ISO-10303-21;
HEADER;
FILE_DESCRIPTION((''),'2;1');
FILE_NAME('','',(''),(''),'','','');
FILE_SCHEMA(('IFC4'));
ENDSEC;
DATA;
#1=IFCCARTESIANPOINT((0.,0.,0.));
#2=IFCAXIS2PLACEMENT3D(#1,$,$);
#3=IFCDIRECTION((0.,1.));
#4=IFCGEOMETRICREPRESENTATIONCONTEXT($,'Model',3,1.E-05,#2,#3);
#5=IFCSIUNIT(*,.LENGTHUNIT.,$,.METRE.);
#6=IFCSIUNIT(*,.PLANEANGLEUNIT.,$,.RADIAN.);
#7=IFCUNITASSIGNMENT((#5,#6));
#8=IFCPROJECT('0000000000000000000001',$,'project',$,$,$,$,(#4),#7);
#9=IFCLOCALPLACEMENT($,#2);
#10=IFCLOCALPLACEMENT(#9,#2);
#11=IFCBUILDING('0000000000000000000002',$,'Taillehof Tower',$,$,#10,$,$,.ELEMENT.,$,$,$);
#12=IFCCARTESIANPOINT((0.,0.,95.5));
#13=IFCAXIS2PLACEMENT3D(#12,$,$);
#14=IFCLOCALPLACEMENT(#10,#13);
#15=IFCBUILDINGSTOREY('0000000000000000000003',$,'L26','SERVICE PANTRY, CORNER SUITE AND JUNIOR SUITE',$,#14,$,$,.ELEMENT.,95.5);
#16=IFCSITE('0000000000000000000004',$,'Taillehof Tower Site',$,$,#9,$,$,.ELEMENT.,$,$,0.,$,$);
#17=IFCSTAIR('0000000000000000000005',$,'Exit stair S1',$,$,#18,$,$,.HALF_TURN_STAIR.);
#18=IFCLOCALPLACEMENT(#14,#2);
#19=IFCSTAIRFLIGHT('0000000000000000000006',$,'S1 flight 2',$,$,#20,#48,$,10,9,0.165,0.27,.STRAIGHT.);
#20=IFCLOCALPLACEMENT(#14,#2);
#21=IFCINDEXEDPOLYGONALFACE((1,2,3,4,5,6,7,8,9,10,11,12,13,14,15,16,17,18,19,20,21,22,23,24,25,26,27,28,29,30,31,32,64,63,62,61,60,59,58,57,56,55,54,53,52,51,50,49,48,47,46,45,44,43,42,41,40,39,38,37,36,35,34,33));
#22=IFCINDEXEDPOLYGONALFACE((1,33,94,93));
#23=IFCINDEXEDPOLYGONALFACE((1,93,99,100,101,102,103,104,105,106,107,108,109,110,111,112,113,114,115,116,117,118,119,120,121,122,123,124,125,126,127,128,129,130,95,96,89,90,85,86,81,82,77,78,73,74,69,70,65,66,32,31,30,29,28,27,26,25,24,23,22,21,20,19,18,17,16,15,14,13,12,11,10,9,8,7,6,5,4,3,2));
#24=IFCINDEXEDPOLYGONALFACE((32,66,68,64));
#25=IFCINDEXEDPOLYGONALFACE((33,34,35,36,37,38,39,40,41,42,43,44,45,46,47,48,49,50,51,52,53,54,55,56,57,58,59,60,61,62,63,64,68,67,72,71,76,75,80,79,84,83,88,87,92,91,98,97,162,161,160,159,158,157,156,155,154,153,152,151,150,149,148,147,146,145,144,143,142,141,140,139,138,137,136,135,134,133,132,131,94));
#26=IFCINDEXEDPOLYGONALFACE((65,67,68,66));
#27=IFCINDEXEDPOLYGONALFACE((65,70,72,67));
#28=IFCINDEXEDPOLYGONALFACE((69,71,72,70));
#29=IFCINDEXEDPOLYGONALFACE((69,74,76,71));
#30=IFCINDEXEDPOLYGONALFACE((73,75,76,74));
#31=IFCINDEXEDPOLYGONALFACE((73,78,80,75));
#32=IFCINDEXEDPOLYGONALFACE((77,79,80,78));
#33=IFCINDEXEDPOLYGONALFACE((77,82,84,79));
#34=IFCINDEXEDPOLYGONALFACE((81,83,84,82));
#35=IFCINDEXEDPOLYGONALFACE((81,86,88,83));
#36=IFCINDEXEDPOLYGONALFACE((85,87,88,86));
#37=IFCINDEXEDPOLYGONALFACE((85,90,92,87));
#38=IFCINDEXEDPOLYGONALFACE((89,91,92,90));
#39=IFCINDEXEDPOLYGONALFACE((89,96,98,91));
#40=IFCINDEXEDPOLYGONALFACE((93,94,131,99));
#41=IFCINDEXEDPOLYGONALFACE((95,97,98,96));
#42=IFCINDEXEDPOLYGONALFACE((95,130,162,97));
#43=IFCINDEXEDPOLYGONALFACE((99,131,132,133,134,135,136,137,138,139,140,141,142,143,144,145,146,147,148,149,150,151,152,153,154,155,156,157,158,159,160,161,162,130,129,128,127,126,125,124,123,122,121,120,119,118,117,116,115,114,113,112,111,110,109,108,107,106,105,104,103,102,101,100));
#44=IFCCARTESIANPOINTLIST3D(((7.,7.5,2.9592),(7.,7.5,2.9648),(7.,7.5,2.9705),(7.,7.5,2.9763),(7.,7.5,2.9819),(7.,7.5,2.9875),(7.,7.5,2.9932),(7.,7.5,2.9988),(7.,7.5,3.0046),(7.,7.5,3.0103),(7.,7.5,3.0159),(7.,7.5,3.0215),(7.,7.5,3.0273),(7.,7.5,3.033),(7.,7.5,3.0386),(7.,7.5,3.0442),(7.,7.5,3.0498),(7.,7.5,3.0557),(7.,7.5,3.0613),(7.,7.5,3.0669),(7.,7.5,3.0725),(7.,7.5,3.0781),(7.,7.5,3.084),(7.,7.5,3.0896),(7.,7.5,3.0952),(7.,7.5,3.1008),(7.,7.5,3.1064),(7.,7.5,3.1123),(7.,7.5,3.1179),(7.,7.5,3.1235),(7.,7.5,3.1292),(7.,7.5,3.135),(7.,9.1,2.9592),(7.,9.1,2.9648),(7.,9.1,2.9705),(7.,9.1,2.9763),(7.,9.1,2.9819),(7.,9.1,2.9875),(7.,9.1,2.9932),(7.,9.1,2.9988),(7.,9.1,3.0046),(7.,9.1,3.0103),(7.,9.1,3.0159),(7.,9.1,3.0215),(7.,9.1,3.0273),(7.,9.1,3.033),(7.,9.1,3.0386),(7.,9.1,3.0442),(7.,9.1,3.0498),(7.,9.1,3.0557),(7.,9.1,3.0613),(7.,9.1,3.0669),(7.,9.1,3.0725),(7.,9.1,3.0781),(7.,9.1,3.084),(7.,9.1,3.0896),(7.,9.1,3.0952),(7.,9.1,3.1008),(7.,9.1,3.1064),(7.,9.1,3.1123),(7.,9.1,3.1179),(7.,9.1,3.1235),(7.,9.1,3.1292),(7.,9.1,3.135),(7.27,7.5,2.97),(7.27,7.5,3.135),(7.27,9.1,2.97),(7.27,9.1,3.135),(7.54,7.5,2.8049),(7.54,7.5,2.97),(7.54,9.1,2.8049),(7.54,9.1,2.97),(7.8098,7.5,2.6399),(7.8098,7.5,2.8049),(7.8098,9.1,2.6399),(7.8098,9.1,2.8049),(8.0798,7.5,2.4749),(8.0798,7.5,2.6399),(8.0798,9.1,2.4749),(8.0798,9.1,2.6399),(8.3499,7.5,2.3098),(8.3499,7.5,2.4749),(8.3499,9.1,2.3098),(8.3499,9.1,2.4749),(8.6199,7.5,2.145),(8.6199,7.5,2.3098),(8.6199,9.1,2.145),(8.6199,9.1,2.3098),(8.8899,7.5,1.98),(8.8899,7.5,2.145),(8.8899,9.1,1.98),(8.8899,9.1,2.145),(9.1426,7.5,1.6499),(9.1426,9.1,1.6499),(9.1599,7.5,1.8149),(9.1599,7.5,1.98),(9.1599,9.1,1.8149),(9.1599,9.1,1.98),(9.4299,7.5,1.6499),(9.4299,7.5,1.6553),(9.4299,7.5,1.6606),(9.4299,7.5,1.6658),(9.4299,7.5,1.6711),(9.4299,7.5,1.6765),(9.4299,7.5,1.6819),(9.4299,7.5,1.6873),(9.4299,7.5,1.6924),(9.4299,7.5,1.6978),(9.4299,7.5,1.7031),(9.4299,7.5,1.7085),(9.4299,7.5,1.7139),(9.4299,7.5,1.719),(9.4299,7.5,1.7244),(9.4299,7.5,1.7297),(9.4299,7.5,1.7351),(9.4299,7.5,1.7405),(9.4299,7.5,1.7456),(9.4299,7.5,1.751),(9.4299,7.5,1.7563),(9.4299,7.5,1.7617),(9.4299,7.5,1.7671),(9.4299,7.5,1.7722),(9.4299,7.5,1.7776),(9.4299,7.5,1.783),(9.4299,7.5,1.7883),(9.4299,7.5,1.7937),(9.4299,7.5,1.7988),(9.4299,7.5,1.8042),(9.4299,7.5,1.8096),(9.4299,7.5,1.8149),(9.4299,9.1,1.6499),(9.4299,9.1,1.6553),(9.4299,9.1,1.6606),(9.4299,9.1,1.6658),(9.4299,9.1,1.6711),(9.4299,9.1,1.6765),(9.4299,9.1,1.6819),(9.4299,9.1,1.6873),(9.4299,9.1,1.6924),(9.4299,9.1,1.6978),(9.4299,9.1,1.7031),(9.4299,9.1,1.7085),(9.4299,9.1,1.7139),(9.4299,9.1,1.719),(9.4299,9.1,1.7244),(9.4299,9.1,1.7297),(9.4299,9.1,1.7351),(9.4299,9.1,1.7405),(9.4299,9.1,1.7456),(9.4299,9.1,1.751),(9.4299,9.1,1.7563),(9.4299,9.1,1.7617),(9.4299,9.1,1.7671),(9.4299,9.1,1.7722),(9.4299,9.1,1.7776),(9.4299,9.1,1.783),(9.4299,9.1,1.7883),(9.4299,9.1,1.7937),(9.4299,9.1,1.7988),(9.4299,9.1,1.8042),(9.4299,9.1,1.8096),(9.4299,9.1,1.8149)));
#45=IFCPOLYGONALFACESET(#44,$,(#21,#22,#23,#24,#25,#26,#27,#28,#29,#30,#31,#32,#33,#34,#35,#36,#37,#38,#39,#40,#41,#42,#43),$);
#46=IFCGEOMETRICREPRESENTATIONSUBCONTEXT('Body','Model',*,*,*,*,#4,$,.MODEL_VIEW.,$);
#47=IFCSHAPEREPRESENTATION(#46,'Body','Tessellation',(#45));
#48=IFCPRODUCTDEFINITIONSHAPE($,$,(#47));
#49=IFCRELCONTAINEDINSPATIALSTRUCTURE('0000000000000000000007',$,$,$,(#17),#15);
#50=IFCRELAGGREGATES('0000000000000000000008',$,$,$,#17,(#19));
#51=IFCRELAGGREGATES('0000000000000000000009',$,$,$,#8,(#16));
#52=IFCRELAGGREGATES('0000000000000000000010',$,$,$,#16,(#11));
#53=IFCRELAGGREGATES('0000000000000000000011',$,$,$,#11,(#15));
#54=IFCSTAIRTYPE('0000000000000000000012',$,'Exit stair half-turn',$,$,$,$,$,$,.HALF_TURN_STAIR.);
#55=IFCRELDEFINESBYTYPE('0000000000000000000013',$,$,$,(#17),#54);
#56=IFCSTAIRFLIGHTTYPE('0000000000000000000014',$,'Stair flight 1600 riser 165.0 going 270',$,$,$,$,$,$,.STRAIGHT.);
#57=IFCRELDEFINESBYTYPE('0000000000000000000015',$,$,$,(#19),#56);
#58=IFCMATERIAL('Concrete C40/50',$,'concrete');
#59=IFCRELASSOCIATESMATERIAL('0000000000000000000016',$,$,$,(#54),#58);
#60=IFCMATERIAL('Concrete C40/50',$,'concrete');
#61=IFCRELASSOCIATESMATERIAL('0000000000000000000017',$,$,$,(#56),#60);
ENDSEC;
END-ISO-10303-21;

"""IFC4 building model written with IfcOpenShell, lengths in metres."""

from ifc_helpers import new_model, si_unit, direction, frame, origin, place, context, subcontext, project, spatial, polyline, outline, extrude, material, type_object, element, aggregate, save


model = new_model("IFC4")

# Units and contexts
model_context = context("Model", 3, precision=1e-05, world=origin(), true_north=direction((0.0, 1.0)))
body_context = subcontext(model_context, "Body", "Model", "MODEL_VIEW")
ifc_project = project(units=[si_unit("LENGTHUNIT", "METRE"), si_unit("PLANEANGLEUNIT", "RADIAN")], contexts=[model_context])

# Site, building, storey
site_placement = place(None, origin())
site = spatial("IfcSite", under=ifc_project, at=site_placement, Name="Taillehof Tower Site", CompositionType="ELEMENT", RefElevation=0.0)
building_placement = place(site_placement, origin())
building = spatial("IfcBuilding", under=site, at=building_placement, Name="Taillehof Tower", CompositionType="ELEMENT")
storey_placement = place(building_placement, frame((0.0, 0.0, 95.5)))
storey = spatial("IfcBuildingStorey", under=building, at=storey_placement, Name="L26", Description="SERVICE PANTRY, CORNER SUITE AND JUNIOR SUITE", CompositionType="ELEMENT", Elevation=95.5)

# Stair, stair flight
ifc_material_1 = material(Name="Concrete C40/50", Category="concrete")
stair_type = type_object("IfcStairType", Name="Exit stair half-turn", PredefinedType="HALF_TURN_STAIR", material=ifc_material_1)
stair_placement = place(storey_placement, origin())
stair = element("IfcStair", 1, at=stair_placement, inside=storey, type_object=stair_type, Name="Exit stair S1", PredefinedType="HALF_TURN_STAIR")
ifc_material_2 = material(Name="Concrete C40/50", Category="concrete")
stair_flight_type = type_object("IfcStairFlightType", Name="Stair flight 1600 riser 165.0 going 270", PredefinedType="STRAIGHT", material=ifc_material_2)
stair_flight_placement = place(storey_placement, frame((9.4299, 8.3, 1.6499), z_axis=(0.0, 0.0, 1.0), x_axis=(-1.0, 0.0, 0.0)))
stair_flight = element("IfcStairFlight", 2, at=stair_flight_placement, type_object=stair_flight_type, Name="S1 flight 2", NumberOfRisers=10, NumberOfTreads=9, PredefinedType="STRAIGHT", RiserHeight=0.165, TreadLength=0.27, context=body_context, shape_type="SweptSolid", body=[
    extrude(outline(polyline([(0.0, 0.0), (0.0, 0.0054), (0.0, 0.0107), (0.0, 0.0159), (0.0, 0.0212), (0.0, 0.0266), (0.0, 0.032), (0.0, 0.0374), (0.0, 0.0425), (0.0, 0.0479), (0.0, 0.0532), (0.0, 0.0586), (0.0, 0.064), (0.0, 0.0691), (0.0, 0.0745), (0.0, 0.0798), (0.0, 0.0852), (0.0, 0.0906), (0.0, 0.0957), (0.0, 0.1011), (0.0, 0.1064), (0.0, 0.1118), (0.0, 0.1172), (0.0, 0.1223), (0.0, 0.1277), (0.0, 0.1331), (0.0, 0.1384), (0.0, 0.1438), (0.0, 0.1489), (0.0, 0.1543), (0.0, 0.1597), (0.0, 0.165), (0.27, 0.165), (0.27, 0.3301), (0.54, 0.3301), (0.54, 0.4951), (0.8101, 0.4951), (0.8101, 0.6599), (1.0801, 0.6599), (1.0801, 0.825), (1.3501, 0.825), (1.3501, 0.99), (1.6201, 0.99), (1.6201, 1.155), (1.8899, 1.155), (1.8899, 1.3201), (2.1599, 1.3201), (2.1599, 1.4851), (2.4299, 1.4851), (2.4299, 1.4792), (2.4299, 1.4736), (2.4299, 1.468), (2.4299, 1.4624), (2.4299, 1.4565), (2.4299, 1.4509), (2.4299, 1.4453), (2.4299, 1.4397), (2.4299, 1.4341), (2.4299, 1.4282), (2.4299, 1.4226), (2.4299, 1.417), (2.4299, 1.4114), (2.4299, 1.4058), (2.4299, 1.3999), (2.4299, 1.3943), (2.4299, 1.3887), (2.4299, 1.3831), (2.4299, 1.3774), (2.4299, 1.3716), (2.4299, 1.366), (2.4299, 1.3604), (2.4299, 1.3547), (2.4299, 1.3489), (2.4299, 1.3433), (2.4299, 1.3376), (2.4299, 1.332), (2.4299, 1.3264), (2.4299, 1.3206), (2.4299, 1.3149), (2.4299, 1.3093), (0.2874, 0.0), (0.0, 0.0)])), frame((0.0, 0.8, 0.0), z_axis=(0.0, -1.0, 0.0), x_axis=(1.0, 0.0, 0.0)), (0.0, 0.0, 1.0), 1.6),
])
aggregate(stair, [stair_flight])

save(model, "model.ifc")
